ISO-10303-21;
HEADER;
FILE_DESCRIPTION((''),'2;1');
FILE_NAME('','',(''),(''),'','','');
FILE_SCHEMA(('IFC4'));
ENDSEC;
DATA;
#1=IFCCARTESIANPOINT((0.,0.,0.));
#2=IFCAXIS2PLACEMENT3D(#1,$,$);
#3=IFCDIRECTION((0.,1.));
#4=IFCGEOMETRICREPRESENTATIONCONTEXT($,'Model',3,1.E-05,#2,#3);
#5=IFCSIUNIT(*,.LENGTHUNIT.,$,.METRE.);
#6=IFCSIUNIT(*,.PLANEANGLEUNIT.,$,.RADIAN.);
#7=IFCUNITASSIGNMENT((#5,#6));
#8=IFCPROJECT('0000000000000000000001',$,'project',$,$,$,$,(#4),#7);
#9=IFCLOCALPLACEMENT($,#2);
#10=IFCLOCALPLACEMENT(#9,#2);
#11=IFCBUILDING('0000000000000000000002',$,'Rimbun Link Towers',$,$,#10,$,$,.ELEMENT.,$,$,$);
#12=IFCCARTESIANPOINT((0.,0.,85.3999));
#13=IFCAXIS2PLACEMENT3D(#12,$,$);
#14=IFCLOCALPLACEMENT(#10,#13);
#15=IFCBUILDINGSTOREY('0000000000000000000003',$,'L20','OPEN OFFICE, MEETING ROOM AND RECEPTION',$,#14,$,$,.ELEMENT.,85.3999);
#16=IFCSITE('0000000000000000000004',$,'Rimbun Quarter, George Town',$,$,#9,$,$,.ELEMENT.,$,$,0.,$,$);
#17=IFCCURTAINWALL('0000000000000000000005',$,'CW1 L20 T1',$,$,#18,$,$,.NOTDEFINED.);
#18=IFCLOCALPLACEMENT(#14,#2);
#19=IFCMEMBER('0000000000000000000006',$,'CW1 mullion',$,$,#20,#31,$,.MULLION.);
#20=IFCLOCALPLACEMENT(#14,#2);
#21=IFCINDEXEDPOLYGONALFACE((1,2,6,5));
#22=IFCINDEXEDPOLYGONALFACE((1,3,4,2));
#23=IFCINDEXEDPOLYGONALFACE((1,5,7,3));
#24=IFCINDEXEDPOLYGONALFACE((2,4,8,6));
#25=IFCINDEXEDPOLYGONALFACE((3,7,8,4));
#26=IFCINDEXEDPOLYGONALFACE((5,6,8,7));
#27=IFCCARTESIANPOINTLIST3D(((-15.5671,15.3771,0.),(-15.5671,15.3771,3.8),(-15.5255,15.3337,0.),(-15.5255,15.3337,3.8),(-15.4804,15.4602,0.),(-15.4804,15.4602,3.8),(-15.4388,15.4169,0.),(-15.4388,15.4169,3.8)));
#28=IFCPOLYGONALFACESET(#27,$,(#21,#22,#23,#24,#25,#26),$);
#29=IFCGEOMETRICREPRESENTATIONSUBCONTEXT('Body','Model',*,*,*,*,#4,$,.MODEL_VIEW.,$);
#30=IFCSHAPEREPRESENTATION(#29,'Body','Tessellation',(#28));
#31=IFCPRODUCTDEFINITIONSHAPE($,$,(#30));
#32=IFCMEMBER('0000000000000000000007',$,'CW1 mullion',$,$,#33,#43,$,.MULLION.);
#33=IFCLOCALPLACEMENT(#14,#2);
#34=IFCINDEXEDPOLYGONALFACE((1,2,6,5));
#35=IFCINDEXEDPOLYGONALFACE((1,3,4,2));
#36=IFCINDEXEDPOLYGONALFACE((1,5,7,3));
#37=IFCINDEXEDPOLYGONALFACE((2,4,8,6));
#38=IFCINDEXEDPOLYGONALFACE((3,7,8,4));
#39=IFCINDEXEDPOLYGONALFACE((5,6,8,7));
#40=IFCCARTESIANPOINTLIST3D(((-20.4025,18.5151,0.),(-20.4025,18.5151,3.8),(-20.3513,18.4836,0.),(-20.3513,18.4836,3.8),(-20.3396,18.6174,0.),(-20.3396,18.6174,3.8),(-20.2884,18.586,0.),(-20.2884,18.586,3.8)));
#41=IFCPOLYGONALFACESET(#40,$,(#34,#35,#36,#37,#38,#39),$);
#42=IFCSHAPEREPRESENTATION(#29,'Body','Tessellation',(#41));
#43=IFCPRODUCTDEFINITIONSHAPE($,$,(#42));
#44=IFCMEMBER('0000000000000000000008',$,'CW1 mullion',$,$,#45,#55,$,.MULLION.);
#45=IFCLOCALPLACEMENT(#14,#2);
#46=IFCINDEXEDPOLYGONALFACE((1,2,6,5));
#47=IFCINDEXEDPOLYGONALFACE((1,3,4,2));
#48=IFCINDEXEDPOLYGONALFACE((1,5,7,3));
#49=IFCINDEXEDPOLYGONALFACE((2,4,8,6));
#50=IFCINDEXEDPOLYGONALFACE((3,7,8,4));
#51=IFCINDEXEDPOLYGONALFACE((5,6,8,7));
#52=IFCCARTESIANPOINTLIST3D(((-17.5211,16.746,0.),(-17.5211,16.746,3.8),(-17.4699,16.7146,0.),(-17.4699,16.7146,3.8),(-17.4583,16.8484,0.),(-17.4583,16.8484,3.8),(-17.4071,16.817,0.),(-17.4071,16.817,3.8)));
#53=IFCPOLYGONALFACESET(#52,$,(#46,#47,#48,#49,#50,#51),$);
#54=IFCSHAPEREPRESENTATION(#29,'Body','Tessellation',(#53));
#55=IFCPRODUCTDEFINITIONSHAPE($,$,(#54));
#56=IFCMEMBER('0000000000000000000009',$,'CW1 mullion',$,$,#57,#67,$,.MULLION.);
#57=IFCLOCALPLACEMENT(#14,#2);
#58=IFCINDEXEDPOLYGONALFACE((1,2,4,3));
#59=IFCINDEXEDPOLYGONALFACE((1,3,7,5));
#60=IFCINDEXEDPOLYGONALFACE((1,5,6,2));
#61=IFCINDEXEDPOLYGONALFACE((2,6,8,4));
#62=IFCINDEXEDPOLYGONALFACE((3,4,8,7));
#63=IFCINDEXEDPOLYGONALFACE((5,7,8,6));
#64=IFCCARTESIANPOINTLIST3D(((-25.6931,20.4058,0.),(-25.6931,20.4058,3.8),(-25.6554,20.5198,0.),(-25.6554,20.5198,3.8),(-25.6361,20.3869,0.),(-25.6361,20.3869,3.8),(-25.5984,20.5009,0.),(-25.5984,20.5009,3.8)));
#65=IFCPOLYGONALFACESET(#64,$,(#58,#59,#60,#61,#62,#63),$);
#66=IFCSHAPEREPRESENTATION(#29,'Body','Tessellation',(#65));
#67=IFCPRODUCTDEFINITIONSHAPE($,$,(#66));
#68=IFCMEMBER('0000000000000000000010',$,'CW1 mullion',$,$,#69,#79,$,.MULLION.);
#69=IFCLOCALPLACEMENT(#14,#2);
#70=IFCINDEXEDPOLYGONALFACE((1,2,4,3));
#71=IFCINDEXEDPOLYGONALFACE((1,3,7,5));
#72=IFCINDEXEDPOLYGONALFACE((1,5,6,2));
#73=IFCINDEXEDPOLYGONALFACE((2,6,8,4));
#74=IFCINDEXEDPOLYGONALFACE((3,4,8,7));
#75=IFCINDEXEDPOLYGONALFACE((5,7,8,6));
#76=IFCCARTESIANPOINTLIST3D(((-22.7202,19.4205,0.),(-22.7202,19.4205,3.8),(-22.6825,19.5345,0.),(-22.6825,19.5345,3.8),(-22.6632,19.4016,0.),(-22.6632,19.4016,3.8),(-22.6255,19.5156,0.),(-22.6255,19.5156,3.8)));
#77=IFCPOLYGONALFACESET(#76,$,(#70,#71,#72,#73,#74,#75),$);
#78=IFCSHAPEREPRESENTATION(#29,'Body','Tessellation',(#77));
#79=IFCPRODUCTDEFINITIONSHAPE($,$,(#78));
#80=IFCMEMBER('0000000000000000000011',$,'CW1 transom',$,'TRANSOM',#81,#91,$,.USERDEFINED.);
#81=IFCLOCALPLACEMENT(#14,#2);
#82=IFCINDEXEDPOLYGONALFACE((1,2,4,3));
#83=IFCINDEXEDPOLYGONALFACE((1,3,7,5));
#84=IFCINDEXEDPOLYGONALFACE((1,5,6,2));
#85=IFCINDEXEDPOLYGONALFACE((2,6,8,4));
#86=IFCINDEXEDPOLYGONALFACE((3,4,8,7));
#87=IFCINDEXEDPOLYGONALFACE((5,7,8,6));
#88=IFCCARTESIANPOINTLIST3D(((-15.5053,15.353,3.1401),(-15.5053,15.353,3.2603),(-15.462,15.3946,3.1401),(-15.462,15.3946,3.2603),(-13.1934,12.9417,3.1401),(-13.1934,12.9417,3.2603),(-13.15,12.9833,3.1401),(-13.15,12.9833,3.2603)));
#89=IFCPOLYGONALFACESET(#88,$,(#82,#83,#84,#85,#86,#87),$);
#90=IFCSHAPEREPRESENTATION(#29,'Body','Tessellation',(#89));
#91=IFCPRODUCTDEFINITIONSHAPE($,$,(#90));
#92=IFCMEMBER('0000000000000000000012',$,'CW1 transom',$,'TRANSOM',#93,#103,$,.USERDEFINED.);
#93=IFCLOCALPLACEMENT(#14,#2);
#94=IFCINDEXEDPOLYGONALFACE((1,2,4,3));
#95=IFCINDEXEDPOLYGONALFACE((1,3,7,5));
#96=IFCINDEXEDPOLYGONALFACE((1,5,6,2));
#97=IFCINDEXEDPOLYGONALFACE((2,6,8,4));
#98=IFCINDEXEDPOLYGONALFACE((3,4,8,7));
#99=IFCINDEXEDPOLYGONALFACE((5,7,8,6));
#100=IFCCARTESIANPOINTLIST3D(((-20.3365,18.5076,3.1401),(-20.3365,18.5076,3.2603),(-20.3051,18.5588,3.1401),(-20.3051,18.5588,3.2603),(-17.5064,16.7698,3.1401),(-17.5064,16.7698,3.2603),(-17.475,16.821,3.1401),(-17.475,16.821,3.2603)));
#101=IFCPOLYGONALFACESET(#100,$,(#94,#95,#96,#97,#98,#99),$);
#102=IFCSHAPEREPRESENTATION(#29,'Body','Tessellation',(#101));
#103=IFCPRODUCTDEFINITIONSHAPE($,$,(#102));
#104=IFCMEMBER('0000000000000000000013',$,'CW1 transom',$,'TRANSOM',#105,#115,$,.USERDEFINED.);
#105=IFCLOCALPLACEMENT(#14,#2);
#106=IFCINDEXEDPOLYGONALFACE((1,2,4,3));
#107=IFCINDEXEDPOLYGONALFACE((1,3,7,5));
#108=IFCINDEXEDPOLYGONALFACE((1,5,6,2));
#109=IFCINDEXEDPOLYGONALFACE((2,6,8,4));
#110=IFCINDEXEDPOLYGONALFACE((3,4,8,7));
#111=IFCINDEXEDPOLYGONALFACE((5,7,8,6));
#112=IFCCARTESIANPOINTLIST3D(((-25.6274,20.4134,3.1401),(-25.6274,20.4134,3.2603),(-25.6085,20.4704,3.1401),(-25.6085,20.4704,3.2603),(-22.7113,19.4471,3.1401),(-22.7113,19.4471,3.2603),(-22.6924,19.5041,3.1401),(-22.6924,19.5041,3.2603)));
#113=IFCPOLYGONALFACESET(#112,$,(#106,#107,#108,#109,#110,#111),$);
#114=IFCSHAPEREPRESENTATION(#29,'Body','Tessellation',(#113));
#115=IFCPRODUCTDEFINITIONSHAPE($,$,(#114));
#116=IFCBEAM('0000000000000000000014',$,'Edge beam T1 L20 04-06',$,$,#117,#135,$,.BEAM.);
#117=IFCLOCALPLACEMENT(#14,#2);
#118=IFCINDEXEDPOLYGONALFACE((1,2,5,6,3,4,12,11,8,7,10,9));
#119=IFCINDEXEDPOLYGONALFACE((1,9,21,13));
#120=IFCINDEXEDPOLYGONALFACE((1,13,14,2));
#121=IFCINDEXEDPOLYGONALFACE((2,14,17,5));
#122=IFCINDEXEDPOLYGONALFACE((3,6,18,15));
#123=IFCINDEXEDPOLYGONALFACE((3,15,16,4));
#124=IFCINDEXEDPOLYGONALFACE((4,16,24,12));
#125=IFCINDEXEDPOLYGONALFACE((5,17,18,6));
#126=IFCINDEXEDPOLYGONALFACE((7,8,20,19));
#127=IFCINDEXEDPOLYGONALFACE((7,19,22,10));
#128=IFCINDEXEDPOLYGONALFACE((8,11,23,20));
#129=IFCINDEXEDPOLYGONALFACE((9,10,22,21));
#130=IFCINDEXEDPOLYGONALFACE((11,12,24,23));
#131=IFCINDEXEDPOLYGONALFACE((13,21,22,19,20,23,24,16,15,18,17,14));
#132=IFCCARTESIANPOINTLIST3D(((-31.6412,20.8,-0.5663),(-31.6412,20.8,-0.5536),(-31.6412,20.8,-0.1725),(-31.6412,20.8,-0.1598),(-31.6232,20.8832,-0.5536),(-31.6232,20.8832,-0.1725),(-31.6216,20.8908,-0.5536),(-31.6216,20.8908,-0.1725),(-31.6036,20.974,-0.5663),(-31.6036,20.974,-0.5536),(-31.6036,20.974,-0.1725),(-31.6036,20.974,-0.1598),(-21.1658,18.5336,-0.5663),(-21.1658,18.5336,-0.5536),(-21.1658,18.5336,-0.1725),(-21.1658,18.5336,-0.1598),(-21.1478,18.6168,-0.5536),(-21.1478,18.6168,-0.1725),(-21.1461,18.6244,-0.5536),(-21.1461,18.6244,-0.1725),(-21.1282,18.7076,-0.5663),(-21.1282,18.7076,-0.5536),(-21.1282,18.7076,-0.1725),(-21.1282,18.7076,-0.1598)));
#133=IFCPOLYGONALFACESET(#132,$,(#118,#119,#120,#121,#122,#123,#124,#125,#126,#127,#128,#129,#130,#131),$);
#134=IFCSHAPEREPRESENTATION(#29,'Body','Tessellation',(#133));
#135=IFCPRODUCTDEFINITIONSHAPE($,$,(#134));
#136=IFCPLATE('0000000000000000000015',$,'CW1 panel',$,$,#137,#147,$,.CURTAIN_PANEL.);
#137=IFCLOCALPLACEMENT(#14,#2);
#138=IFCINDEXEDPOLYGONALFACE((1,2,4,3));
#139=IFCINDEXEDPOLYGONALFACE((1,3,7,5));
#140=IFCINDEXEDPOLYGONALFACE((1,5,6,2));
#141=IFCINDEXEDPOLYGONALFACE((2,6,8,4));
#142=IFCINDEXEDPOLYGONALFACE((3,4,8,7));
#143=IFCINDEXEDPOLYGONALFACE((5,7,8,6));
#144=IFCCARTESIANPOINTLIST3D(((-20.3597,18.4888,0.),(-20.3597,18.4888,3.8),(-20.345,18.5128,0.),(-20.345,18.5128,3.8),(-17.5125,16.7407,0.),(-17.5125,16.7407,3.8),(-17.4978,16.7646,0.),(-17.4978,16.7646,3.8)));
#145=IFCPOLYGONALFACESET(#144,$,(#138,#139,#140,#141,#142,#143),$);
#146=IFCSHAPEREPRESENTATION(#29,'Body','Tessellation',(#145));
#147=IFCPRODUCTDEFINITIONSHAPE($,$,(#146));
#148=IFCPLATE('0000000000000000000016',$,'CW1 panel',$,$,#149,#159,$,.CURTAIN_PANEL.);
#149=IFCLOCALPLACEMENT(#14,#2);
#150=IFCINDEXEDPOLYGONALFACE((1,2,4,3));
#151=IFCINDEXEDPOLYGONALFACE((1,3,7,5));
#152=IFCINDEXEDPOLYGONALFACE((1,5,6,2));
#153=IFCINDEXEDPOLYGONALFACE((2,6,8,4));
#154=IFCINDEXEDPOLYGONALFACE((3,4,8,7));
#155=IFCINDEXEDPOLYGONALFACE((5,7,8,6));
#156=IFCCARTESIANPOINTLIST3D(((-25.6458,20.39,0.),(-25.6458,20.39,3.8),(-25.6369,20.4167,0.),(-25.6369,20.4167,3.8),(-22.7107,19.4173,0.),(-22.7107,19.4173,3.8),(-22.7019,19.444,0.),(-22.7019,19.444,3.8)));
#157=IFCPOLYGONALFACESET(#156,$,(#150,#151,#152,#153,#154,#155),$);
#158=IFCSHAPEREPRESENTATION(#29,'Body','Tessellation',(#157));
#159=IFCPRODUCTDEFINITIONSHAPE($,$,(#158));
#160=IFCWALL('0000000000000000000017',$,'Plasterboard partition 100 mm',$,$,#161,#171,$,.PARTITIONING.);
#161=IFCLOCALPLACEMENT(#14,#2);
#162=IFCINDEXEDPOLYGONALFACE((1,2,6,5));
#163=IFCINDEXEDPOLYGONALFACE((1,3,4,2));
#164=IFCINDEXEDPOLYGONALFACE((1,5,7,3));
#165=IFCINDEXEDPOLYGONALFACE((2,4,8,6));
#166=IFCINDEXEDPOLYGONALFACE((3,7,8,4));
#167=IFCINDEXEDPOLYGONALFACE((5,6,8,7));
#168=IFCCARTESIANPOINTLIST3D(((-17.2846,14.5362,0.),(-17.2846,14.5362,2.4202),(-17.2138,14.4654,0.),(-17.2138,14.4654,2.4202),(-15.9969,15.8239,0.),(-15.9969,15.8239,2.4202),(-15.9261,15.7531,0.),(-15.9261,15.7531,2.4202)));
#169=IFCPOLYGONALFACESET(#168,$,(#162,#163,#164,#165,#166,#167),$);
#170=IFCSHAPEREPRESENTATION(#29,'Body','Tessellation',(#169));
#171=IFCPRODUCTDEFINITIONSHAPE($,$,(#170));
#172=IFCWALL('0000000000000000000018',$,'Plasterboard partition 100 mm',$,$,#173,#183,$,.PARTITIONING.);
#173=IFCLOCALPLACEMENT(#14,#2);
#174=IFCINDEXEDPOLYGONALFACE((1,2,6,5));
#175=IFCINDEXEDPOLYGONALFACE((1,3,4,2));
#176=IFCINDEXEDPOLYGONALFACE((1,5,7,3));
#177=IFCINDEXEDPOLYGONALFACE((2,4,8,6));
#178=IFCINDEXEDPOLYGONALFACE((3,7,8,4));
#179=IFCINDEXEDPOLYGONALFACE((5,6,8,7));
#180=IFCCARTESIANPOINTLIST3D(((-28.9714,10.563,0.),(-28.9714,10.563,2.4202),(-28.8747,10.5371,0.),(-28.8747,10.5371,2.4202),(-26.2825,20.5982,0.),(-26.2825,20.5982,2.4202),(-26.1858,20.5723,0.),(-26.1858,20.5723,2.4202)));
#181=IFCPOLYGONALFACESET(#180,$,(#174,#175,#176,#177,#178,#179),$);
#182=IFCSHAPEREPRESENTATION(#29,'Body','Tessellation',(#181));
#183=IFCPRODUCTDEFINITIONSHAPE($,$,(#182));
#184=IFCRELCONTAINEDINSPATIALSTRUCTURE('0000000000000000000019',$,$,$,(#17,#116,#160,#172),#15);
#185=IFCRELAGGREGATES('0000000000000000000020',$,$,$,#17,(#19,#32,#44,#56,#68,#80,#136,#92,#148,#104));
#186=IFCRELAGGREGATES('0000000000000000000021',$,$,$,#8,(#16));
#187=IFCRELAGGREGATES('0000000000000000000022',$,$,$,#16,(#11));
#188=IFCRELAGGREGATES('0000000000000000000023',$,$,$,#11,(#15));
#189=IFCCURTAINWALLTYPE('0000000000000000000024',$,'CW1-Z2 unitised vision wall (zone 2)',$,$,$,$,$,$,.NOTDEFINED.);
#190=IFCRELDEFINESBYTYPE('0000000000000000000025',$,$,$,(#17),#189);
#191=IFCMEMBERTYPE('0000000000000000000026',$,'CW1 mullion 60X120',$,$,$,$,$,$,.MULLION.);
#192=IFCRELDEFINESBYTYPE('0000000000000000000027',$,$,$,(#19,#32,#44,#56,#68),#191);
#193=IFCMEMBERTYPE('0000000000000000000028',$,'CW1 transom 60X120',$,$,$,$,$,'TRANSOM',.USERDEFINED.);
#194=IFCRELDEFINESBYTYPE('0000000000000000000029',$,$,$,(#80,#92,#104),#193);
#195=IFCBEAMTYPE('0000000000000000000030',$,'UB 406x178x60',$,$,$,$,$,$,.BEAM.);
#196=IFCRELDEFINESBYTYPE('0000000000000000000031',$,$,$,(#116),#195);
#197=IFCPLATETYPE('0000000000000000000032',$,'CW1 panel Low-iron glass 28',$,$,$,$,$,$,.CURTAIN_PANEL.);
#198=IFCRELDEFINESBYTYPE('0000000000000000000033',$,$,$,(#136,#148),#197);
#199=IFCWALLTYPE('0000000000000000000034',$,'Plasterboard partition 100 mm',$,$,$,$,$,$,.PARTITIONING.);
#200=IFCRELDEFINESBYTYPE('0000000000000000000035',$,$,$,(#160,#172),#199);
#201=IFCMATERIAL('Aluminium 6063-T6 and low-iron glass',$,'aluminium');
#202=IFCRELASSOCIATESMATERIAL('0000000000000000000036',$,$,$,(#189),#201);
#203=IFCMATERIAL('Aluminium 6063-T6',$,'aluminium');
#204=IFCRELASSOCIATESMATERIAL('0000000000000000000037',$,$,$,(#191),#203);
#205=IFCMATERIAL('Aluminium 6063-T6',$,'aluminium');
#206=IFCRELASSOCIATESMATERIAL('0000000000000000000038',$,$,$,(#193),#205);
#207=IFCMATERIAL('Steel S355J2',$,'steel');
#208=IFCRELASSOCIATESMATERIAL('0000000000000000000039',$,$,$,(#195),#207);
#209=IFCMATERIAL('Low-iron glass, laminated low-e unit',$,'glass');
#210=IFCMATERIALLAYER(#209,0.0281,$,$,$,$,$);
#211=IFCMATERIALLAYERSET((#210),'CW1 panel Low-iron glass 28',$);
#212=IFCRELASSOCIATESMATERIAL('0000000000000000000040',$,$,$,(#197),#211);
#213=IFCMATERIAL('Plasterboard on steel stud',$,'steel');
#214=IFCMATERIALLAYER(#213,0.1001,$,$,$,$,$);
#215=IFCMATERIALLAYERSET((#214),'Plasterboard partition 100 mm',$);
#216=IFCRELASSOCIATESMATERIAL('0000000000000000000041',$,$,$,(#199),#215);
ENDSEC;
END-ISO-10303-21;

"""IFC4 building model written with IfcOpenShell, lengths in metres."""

from ifc_helpers import new_model, si_unit, direction, frame, frame_2d, origin, origin_2d, place, context, subcontext, project, spatial, rectangle, i_section, extrude, material, layer, layer_set, material_profile, profile_set, type_object, element, aggregate, save


model = new_model("IFC4")

# Units and contexts
model_context = context("Model", 3, precision=1e-05, world=origin(), true_north=direction((0.0, 1.0)))
body_context = subcontext(model_context, "Body", "Model", "MODEL_VIEW")
ifc_project = project(units=[si_unit("LENGTHUNIT", "METRE"), si_unit("PLANEANGLEUNIT", "RADIAN")], contexts=[model_context])

# Site, building, storey
site_placement = place(None, origin())
site = spatial("IfcSite", under=ifc_project, at=site_placement, Name="Rimbun Quarter, George Town", CompositionType="ELEMENT", RefElevation=0.0)
building_placement = place(site_placement, origin())
building = spatial("IfcBuilding", under=site, at=building_placement, Name="Rimbun Link Towers", CompositionType="ELEMENT")
storey_placement = place(building_placement, frame((0.0, 0.0, 85.3999)))
storey = spatial("IfcBuildingStorey", under=building, at=storey_placement, Name="L20", Description="OPEN OFFICE, MEETING ROOM AND RECEPTION", CompositionType="ELEMENT", Elevation=85.3999)

# Curtain wall, members
ifc_material_1 = material(Name="Aluminium 6063-T6 and low-iron glass", Category="aluminium")
curtain_wall_type = type_object("IfcCurtainWallType", Name="CW1-Z2 unitised vision wall (zone 2)", PredefinedType="NOTDEFINED", material=ifc_material_1)
curtain_wall_placement = place(storey_placement, origin())
curtain_wall = element("IfcCurtainWall", 1, at=curtain_wall_placement, inside=storey, type_object=curtain_wall_type, Name="CW1 L20 T1", PredefinedType="NOTDEFINED")
ifc_material_2 = material(Name="Aluminium 6063-T6", Category="aluminium")
ifc_material_profile_1 = material_profile(ifc_material_2, rectangle(XDim=0.1201, YDim=0.0601, at=origin_2d()), Name="MULLION 60X120")
ifc_profile_set_1 = profile_set([ifc_material_profile_1], Name="Aluminium 6063-T6")
member_type_1 = type_object("IfcMemberType", Name="CW1 mullion 60X120", PredefinedType="MULLION", material=ifc_profile_set_1)
member_1_placement = place(storey_placement, frame((-15.5029, 15.397, 0.0), z_axis=(0.0, 0.0, 1.0), x_axis=(0.721839, 0.692061, 0.0)))
member_1 = element("IfcMember", 2, at=member_1_placement, type_object=member_type_1, Name="CW1 mullion", PredefinedType="MULLION", context=body_context, shape_type="SweptSolid", body=[
    extrude(rectangle(XDim=0.1201, YDim=0.0601, at=origin_2d()), origin(), (0.0, 0.0, 1.0), 3.8),
])
member_2_placement = place(storey_placement, frame((-20.3455, 18.5505, 0.0), z_axis=(0.0, 0.0, 1.0), x_axis=(0.523237, 0.852187, 0.0)))
member_2 = element("IfcMember", 3, at=member_2_placement, type_object=member_type_1, Name="CW1 mullion", PredefinedType="MULLION", context=body_context, shape_type="SweptSolid", body=[
    extrude(rectangle(XDim=0.1201, YDim=0.0601, at=origin_2d()), origin(), (0.0, 0.0, 1.0), 3.8),
])
member_3_placement = place(storey_placement, frame((-17.4641, 16.7815, 0.0), z_axis=(0.0, 0.0, 1.0), x_axis=(0.523237, 0.852187, 0.0)))
member_3 = element("IfcMember", 4, at=member_3_placement, type_object=member_type_1, Name="CW1 mullion", PredefinedType="MULLION", context=body_context, shape_type="SweptSolid", body=[
    extrude(rectangle(XDim=0.1201, YDim=0.0601, at=origin_2d()), origin(), (0.0, 0.0, 1.0), 3.8),
])
member_4_placement = place(storey_placement, frame((-25.6458, 20.4534, 0.0), z_axis=(0.0, 0.0, 1.0), x_axis=(0.314576, 0.949232, 0.0)))
member_4 = element("IfcMember", 5, at=member_4_placement, type_object=member_type_1, Name="CW1 mullion", PredefinedType="MULLION", context=body_context, shape_type="SweptSolid", body=[
    extrude(rectangle(XDim=0.1201, YDim=0.0601, at=origin_2d()), origin(), (0.0, 0.0, 1.0), 3.8),
])
member_5_placement = place(storey_placement, frame((-22.6729, 19.468, 0.0), z_axis=(0.0, 0.0, 1.0), x_axis=(0.314576, 0.949232, 0.0)))
member_5 = element("IfcMember", 6, at=member_5_placement, type_object=member_type_1, Name="CW1 mullion", PredefinedType="MULLION", context=body_context, shape_type="SweptSolid", body=[
    extrude(rectangle(XDim=0.1201, YDim=0.0601, at=origin_2d()), origin(), (0.0, 0.0, 1.0), 3.8),
])
ifc_material_3 = material(Name="Aluminium 6063-T6", Category="aluminium")
ifc_material_profile_2 = material_profile(ifc_material_3, rectangle(XDim=0.0601, YDim=0.1201, at=origin_2d()), Name="TRANSOM 60X120")
ifc_profile_set_2 = profile_set([ifc_material_profile_2], Name="Aluminium 6063-T6")
member_type_2 = type_object("IfcMemberType", Name="CW1 transom 60X120", ElementType="TRANSOM", PredefinedType="USERDEFINED", material=ifc_profile_set_2)
member_6_placement = place(storey_placement, frame((-15.4836, 15.3738, 3.2002), z_axis=(0.692078, -0.721822, 0.0), x_axis=(0.721822, 0.692078, 0.0)))
member_6 = element("IfcMember", 7, at=member_6_placement, type_object=member_type_2, Name="CW1 transom", ObjectType="TRANSOM", PredefinedType="USERDEFINED", context=body_context, shape_type="SweptSolid", body=[
    extrude(rectangle(XDim=0.0601, YDim=0.1201, at=origin_2d()), origin(), (0.0, 0.0, 1.0), 3.3406),
])
member_7_placement = place(storey_placement, frame((-20.3208, 18.5332, 3.2002), z_axis=(0.852168, -0.523269, 0.0), x_axis=(0.523269, 0.852168, 0.0)))
member_7 = element("IfcMember", 8, at=member_7_placement, type_object=member_type_2, Name="CW1 transom", ObjectType="TRANSOM", PredefinedType="USERDEFINED", context=body_context, shape_type="SweptSolid", body=[
    extrude(rectangle(XDim=0.0601, YDim=0.1201, at=origin_2d()), origin(), (0.0, 0.0, 1.0), 3.321),
])
member_8_placement = place(storey_placement, frame((-25.6179, 20.4419, 3.2002), z_axis=(0.949238, -0.314558, 0.0), x_axis=(0.314558, 0.949238, 0.0)))
member_8 = element("IfcMember", 9, at=member_8_placement, type_object=member_type_2, Name="CW1 transom", ObjectType="TRANSOM", PredefinedType="USERDEFINED", context=body_context, shape_type="SweptSolid", body=[
    extrude(rectangle(XDim=0.0601, YDim=0.1201, at=origin_2d()), origin(), (0.0, 0.0, 1.0), 3.072),
])

# Beam
ifc_material_4 = material(Name="Steel S355J2", Category="steel")
ifc_material_profile_3 = material_profile(ifc_material_4, i_section(OverallWidth=0.178, OverallDepth=0.4065, WebThickness=0.0078, FlangeThickness=0.0127, at=origin_2d()), Name="UB 406x178x60")
ifc_profile_set_3 = profile_set([ifc_material_profile_3], Name="Steel S355J2")
beam_type = type_object("IfcBeamType", Name="UB 406x178x60", PredefinedType="BEAM", material=ifc_profile_set_3)
beam_placement = place(storey_placement, frame((-21.147, 18.6206, -0.363), z_axis=(-0.977387, 0.211459, 0.0), x_axis=(-0.211459, -0.977387, 0.0)))
element("IfcBeam", 10, at=beam_placement, inside=storey, type_object=beam_type, Name="Edge beam T1 L20 04-06", PredefinedType="BEAM", context=body_context, shape_type="SweptSolid", body=[
    extrude(i_section(OverallWidth=0.178, OverallDepth=0.4065, WebThickness=0.0078, FlangeThickness=0.0127, at=origin_2d()), origin(), (0.0, 0.0, 1.0), 10.7178),
])

# Plates
ifc_material_5 = material(Name="Low-iron glass, laminated low-e unit", Category="glass")
ifc_layer_1 = layer(ifc_material_5, 0.0281)
ifc_layer_set_1 = layer_set([ifc_layer_1], Name="CW1 panel Low-iron glass 28")
plate_type = type_object("IfcPlateType", Name="CW1 panel Low-iron glass 28", PredefinedType="CURTAIN_PANEL", material=ifc_layer_set_1)
plate_1_placement = place(storey_placement, frame((-18.9287, 17.6267, 0.0), z_axis=(0.0, 0.0, 1.0), x_axis=(0.852187, -0.523237, 0.0)))
plate_1 = element("IfcPlate", 11, at=plate_1_placement, type_object=plate_type, Name="CW1 panel", PredefinedType="CURTAIN_PANEL", context=body_context, shape_type="SweptSolid", body=[
    extrude(rectangle(XDim=3.3411, YDim=0.0281, at=origin_2d()), origin(), (0.0, 0.0, 1.0), 3.8),
])
plate_2_placement = place(storey_placement, frame((-24.1738, 19.917, 0.0), z_axis=(0.0, 0.0, 1.0), x_axis=(0.949232, -0.314576, 0.0)))
plate_2 = element("IfcPlate", 12, at=plate_2_placement, type_object=plate_type, Name="CW1 panel", PredefinedType="CURTAIN_PANEL", context=body_context, shape_type="SweptSolid", body=[
    extrude(rectangle(XDim=3.092, YDim=0.0281, at=origin_2d()), origin(), (0.0, 0.0, 1.0), 3.8),
])
aggregate(curtain_wall, [member_1, member_2, member_3, member_4, member_5, member_6, plate_1, member_7, plate_2, member_8])

# Walls
ifc_material_6 = material(Name="Plasterboard on steel stud", Category="steel")
ifc_layer_2 = layer(ifc_material_6, 0.1001)
ifc_layer_set_2 = layer_set([ifc_layer_2], Name="Plasterboard partition 100 mm")
wall_type = type_object("IfcWallType", Name="Plasterboard partition 100 mm", PredefinedType="PARTITIONING", material=ifc_layer_set_2)
wall_1_placement = place(storey_placement, frame((-15.9614, 15.7886, 0.0), z_axis=(0.0, 0.0, 1.0), x_axis=(-0.707107, -0.707107, 0.0)))
element("IfcWall", 13, at=wall_1_placement, inside=storey, type_object=wall_type, Name="Plasterboard partition 100 mm", PredefinedType="PARTITIONING", context=body_context, shape_type="SweptSolid", body=[
    extrude(rectangle(XDim=1.821, YDim=0.1001, at=frame_2d((0.9106, 0.0))), origin(), (0.0, 0.0, 1.0), 2.4202),
])
wall_2_placement = place(storey_placement, frame((-26.2341, 20.5852, 0.0), z_axis=(0.0, 0.0, 1.0), x_axis=(-0.258824, -0.965925, 0.0)))
element("IfcWall", 14, at=wall_2_placement, inside=storey, type_object=wall_type, Name="Plasterboard partition 100 mm", PredefinedType="PARTITIONING", context=body_context, shape_type="SweptSolid", body=[
    extrude(rectangle(XDim=10.3892, YDim=0.1001, at=frame_2d((5.1946, 0.0))), origin(), (0.0, 0.0, 1.0), 2.4202),
])

save(model, "model.ifc")
